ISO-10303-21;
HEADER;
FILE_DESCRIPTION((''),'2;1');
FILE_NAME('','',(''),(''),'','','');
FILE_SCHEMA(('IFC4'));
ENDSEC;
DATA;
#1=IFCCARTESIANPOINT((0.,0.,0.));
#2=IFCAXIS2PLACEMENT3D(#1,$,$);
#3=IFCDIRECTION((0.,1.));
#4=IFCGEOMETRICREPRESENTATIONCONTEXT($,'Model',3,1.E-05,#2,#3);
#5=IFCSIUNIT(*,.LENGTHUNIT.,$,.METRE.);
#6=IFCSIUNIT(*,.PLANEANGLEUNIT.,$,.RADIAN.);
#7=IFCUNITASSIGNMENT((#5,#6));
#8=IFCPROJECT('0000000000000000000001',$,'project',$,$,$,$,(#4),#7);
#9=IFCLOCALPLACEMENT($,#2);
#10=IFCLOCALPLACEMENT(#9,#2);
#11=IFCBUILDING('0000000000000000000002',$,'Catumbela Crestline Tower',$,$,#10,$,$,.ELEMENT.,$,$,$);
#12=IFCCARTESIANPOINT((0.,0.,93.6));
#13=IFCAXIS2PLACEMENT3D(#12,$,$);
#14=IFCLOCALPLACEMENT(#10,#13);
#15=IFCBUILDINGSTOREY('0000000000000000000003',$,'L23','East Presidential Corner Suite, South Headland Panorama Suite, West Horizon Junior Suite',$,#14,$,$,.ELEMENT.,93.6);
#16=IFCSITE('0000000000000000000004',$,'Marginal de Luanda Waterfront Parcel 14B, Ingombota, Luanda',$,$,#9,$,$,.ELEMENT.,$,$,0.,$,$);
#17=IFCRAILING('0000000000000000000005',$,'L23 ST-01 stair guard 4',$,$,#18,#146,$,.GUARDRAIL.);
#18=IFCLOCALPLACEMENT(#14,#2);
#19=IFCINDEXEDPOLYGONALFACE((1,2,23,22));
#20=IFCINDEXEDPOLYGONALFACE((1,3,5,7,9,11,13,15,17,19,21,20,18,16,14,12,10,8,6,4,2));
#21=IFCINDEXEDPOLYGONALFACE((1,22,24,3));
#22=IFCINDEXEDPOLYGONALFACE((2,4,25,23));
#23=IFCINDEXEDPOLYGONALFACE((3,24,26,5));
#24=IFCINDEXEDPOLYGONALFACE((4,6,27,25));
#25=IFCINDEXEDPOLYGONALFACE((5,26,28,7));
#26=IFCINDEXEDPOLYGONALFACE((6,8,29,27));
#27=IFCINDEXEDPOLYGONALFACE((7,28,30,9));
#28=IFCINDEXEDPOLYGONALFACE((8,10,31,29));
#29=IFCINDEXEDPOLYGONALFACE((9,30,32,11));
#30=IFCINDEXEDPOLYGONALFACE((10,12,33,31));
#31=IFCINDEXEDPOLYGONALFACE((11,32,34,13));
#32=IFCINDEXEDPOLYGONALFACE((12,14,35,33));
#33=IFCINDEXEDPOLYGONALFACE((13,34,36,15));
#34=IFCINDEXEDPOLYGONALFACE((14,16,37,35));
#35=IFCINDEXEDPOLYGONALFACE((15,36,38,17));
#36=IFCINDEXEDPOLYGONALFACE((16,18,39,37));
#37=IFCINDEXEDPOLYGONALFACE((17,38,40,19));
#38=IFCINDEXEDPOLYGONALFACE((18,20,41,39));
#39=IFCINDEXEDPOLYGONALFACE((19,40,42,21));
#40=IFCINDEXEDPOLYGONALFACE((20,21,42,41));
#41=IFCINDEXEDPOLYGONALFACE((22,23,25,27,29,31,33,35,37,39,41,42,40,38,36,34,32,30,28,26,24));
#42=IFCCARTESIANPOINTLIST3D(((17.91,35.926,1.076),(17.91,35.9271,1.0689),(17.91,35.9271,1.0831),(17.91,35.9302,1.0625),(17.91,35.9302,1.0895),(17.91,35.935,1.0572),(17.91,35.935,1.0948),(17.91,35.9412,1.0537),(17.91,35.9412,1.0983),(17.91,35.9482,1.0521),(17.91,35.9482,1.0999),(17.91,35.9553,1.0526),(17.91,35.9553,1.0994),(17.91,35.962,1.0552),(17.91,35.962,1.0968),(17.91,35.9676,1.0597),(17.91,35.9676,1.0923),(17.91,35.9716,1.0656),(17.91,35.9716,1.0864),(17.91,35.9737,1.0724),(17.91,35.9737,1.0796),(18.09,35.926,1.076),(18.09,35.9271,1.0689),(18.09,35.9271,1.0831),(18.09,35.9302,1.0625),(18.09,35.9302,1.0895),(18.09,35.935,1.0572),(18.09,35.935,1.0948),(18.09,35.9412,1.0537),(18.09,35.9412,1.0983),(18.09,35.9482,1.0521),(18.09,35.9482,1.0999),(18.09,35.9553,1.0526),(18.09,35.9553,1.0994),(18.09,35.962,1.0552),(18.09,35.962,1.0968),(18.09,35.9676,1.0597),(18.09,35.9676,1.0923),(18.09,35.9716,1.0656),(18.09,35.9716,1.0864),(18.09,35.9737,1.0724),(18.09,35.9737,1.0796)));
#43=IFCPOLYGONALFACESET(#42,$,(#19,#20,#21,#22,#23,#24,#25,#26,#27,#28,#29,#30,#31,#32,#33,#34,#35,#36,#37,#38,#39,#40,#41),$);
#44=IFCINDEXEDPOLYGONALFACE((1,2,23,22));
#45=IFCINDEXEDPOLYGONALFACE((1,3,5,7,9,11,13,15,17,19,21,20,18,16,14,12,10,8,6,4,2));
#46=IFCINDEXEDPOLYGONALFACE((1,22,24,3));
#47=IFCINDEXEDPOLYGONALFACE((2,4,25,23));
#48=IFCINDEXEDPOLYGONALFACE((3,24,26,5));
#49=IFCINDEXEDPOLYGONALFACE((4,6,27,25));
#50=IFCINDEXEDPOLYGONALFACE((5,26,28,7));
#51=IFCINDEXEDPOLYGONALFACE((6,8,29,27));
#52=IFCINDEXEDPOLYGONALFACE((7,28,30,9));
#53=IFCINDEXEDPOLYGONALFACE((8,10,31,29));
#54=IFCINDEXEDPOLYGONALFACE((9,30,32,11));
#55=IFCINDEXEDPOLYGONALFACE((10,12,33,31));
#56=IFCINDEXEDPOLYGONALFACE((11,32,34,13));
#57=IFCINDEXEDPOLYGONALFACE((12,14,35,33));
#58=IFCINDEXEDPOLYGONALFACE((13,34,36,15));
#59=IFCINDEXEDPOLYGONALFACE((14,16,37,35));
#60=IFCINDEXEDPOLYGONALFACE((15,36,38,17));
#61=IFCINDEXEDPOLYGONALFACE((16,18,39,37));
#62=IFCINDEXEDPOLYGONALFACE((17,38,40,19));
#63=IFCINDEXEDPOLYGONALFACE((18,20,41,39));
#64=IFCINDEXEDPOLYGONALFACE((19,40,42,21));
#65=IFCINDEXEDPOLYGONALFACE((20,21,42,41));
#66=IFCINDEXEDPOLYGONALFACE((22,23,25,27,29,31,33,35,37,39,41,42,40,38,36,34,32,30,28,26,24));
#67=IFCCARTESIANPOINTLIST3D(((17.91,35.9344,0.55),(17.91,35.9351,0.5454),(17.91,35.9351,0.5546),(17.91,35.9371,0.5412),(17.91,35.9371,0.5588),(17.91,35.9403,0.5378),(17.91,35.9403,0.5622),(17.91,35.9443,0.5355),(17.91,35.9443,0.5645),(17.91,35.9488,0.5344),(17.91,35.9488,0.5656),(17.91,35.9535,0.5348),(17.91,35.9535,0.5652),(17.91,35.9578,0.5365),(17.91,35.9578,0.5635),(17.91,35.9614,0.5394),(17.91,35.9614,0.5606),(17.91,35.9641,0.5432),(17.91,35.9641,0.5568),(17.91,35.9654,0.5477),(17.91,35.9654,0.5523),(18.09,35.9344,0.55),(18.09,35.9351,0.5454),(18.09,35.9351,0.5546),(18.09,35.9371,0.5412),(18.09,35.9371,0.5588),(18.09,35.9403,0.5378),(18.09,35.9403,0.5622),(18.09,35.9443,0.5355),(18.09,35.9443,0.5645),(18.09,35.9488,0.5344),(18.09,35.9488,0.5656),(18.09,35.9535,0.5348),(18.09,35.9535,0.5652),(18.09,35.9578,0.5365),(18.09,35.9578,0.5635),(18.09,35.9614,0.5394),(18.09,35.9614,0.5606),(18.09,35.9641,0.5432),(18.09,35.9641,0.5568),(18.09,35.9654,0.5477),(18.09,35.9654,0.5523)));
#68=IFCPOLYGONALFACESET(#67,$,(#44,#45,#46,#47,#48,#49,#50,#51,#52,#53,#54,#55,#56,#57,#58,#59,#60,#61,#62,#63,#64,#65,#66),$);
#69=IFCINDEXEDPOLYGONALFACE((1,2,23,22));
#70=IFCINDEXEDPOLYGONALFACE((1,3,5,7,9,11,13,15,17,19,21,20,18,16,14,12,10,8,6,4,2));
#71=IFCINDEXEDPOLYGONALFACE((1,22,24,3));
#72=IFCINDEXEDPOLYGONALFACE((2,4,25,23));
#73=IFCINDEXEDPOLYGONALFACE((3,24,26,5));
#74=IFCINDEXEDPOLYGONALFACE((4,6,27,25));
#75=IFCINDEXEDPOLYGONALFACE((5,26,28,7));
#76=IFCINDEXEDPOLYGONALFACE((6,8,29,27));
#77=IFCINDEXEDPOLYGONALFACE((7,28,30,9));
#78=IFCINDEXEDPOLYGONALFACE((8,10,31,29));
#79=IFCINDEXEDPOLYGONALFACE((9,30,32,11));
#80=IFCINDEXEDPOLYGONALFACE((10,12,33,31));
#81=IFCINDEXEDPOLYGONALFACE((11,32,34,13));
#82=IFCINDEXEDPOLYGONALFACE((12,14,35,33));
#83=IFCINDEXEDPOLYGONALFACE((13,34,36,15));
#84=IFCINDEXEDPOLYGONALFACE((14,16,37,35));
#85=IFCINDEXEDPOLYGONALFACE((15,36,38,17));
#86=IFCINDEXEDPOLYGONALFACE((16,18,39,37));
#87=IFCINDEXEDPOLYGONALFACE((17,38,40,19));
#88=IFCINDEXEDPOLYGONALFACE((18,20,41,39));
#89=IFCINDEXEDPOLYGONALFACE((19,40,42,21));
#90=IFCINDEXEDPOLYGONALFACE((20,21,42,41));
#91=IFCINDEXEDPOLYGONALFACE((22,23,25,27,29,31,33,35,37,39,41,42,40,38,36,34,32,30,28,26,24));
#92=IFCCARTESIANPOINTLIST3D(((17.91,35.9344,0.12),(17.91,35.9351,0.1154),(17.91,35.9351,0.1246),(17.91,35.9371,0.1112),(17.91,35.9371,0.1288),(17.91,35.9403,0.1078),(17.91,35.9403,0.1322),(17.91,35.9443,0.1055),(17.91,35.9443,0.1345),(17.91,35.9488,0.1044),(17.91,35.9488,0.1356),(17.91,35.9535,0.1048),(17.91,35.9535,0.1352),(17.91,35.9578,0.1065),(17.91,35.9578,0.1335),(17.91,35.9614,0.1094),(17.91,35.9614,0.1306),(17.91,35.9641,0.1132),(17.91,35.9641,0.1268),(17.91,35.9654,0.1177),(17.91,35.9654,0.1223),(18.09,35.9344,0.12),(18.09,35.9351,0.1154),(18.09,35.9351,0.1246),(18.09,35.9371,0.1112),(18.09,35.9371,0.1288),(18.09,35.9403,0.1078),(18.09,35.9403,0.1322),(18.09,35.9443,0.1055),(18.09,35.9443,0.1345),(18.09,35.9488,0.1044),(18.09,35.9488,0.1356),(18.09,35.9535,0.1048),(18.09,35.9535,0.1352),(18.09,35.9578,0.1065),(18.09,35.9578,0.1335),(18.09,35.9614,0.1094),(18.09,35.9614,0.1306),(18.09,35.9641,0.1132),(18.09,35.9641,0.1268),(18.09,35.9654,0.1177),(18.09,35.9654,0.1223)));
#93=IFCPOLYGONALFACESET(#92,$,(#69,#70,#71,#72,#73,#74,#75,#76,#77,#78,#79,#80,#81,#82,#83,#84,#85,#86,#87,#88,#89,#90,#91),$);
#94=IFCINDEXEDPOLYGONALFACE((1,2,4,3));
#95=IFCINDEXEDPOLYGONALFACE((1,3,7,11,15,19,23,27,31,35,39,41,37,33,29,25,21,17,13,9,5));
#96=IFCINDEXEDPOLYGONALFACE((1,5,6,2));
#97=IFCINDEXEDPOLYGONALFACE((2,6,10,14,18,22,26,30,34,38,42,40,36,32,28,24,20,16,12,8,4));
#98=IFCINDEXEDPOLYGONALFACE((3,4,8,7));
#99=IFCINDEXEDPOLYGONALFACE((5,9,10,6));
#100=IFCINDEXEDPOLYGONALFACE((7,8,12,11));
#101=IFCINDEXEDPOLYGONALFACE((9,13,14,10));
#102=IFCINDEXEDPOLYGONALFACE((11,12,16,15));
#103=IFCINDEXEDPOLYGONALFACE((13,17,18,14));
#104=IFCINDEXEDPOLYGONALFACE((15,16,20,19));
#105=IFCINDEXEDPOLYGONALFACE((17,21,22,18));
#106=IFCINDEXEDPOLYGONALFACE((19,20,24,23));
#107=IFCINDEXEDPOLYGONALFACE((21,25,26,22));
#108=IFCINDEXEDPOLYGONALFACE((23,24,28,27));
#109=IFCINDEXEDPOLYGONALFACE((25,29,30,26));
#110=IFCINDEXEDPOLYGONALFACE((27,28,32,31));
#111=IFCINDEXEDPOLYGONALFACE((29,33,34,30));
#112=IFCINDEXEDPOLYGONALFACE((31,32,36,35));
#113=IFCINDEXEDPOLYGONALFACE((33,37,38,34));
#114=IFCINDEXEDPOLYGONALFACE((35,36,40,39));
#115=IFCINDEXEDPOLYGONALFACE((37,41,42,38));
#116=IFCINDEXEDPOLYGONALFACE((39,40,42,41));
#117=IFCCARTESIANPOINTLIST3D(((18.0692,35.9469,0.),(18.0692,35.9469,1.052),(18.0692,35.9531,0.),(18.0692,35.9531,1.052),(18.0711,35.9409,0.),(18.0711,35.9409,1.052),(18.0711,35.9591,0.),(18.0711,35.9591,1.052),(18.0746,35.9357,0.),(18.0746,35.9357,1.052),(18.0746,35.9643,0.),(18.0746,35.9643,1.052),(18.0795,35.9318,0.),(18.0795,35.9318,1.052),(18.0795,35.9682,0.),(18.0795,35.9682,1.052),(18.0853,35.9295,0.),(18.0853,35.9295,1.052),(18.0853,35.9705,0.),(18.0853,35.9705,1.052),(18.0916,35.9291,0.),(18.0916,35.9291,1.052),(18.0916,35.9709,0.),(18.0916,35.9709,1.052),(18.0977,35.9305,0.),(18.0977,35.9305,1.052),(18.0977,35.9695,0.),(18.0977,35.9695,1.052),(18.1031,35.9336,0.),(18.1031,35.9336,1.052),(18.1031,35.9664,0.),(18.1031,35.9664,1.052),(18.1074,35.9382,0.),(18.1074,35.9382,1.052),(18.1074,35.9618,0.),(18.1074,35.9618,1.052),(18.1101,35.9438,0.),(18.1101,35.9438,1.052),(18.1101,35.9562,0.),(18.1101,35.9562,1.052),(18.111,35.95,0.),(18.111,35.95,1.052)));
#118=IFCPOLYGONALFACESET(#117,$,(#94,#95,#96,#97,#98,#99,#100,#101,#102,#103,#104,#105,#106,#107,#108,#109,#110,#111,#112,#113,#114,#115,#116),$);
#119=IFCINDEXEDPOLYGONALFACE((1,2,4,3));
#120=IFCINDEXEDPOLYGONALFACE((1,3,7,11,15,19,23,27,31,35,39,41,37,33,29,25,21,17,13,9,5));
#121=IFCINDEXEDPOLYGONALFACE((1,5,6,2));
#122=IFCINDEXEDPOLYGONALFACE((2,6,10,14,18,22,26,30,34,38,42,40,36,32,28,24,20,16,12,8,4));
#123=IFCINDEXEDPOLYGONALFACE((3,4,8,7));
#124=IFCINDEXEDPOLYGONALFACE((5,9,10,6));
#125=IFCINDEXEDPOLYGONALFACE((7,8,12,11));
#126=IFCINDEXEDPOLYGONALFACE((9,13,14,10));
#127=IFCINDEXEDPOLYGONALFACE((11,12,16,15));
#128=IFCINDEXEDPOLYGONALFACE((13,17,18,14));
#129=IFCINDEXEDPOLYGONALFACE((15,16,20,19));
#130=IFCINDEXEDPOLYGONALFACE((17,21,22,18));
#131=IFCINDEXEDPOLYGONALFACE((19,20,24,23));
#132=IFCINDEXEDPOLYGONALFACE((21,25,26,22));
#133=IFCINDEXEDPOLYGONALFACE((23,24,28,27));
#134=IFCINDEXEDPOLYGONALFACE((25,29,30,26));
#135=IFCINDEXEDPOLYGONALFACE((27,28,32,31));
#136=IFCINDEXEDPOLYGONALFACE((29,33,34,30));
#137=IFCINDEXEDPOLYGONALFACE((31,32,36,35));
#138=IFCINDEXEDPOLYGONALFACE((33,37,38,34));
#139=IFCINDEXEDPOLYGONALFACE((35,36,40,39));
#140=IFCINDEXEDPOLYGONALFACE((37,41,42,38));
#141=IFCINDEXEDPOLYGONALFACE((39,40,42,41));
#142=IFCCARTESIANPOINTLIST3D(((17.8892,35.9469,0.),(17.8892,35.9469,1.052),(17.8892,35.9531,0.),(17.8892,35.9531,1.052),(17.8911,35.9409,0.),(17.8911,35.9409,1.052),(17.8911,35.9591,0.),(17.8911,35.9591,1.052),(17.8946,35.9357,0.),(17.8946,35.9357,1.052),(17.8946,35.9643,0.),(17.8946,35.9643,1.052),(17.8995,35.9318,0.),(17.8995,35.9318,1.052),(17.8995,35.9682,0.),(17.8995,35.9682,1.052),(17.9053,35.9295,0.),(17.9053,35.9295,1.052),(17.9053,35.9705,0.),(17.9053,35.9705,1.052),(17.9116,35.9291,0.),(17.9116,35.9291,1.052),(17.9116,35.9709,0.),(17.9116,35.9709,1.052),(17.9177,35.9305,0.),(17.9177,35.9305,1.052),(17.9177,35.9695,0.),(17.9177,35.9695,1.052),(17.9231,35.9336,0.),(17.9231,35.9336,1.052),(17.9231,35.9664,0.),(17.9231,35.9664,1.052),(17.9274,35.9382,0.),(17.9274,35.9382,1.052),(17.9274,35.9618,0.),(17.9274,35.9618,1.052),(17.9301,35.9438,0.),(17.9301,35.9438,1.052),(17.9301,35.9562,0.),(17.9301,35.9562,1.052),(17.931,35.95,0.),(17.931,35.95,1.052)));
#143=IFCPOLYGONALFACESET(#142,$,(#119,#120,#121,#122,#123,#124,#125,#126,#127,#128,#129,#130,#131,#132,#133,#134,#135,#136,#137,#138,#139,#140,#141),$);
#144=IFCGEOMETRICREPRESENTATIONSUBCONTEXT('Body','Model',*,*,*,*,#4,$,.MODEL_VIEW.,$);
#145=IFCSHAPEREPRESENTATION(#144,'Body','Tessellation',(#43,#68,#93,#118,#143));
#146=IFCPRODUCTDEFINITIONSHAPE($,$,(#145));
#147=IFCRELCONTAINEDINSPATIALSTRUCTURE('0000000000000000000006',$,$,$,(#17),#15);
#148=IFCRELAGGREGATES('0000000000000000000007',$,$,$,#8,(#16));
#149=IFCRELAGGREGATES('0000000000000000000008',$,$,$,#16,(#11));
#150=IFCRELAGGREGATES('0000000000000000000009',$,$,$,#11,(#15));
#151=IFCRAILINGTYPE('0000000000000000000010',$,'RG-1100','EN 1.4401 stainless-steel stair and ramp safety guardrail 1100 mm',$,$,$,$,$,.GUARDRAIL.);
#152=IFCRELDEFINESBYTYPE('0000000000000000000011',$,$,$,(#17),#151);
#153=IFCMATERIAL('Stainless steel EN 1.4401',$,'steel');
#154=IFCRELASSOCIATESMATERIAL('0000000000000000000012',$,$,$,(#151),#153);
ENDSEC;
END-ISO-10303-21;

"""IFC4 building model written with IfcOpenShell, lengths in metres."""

from ifc_helpers import new_model, si_unit, direction, frame, origin, origin_2d, place, context, subcontext, project, spatial, circle, extrude, material, type_object, element, save


model = new_model("IFC4")

# Units and contexts
model_context = context("Model", 3, precision=1e-05, world=origin(), true_north=direction((0.0, 1.0)))
body_context = subcontext(model_context, "Body", "Model", "MODEL_VIEW")
ifc_project = project(units=[si_unit("LENGTHUNIT", "METRE"), si_unit("PLANEANGLEUNIT", "RADIAN")], contexts=[model_context])

# Site, building, storey
site_placement = place(None, origin())
site = spatial("IfcSite", under=ifc_project, at=site_placement, Name="Marginal de Luanda Waterfront Parcel 14B, Ingombota, Luanda", CompositionType="ELEMENT", RefElevation=0.0)
building_placement = place(site_placement, origin())
building = spatial("IfcBuilding", under=site, at=building_placement, Name="Catumbela Crestline Tower", CompositionType="ELEMENT")
storey_placement = place(building_placement, frame((0.0, 0.0, 93.6)))
storey = spatial("IfcBuildingStorey", under=building, at=storey_placement, Name="L23", Description="East Presidential Corner Suite, South Headland Panorama Suite, West Horizon Junior Suite", CompositionType="ELEMENT", Elevation=93.6)

# Railing
ifc_material_1 = material(Name="Stainless steel EN 1.4401", Category="steel")
railing_type_1 = type_object("IfcRailingType", Name="RG-1100", Description="EN 1.4401 stainless-steel stair and ramp safety guardrail 1100 mm", PredefinedType="GUARDRAIL", material=ifc_material_1)
railing_1_placement = place(storey_placement, frame((18.09, 35.95, 0.0)))
element("IfcRailing", 1, at=railing_1_placement, inside=storey, type_object=railing_type_1, Name="L23 ST-01 stair guard 4", PredefinedType="GUARDRAIL", context=body_context, shape_type="SweptSolid", body=[
    extrude(circle(Radius=0.024, at=origin_2d()), frame((0.0, 0.0, 1.076), z_axis=(-1.0, 0.0, 0.0), x_axis=(0.0, -1.0, 0.0)), (0.0, 0.0, 1.0), 0.18),
    extrude(circle(Radius=0.0156, at=origin_2d()), frame((0.0, 0.0, 0.55), z_axis=(-1.0, 0.0, 0.0), x_axis=(0.0, -1.0, 0.0)), (0.0, 0.0, 1.0), 0.18),
    extrude(circle(Radius=0.0156, at=origin_2d()), frame((0.0, 0.0, 0.12), z_axis=(-1.0, 0.0, 0.0), x_axis=(0.0, -1.0, 0.0)), (0.0, 0.0, 1.0), 0.18),
    extrude(circle(Radius=0.021, at=origin_2d()), origin(), (0.0, 0.0, 1.0), 1.052),
    extrude(circle(Radius=0.021, at=origin_2d()), frame((-0.18, 0.0, 0.0)), (0.0, 0.0, 1.0), 1.052),
])

save(model, "model.ifc")
